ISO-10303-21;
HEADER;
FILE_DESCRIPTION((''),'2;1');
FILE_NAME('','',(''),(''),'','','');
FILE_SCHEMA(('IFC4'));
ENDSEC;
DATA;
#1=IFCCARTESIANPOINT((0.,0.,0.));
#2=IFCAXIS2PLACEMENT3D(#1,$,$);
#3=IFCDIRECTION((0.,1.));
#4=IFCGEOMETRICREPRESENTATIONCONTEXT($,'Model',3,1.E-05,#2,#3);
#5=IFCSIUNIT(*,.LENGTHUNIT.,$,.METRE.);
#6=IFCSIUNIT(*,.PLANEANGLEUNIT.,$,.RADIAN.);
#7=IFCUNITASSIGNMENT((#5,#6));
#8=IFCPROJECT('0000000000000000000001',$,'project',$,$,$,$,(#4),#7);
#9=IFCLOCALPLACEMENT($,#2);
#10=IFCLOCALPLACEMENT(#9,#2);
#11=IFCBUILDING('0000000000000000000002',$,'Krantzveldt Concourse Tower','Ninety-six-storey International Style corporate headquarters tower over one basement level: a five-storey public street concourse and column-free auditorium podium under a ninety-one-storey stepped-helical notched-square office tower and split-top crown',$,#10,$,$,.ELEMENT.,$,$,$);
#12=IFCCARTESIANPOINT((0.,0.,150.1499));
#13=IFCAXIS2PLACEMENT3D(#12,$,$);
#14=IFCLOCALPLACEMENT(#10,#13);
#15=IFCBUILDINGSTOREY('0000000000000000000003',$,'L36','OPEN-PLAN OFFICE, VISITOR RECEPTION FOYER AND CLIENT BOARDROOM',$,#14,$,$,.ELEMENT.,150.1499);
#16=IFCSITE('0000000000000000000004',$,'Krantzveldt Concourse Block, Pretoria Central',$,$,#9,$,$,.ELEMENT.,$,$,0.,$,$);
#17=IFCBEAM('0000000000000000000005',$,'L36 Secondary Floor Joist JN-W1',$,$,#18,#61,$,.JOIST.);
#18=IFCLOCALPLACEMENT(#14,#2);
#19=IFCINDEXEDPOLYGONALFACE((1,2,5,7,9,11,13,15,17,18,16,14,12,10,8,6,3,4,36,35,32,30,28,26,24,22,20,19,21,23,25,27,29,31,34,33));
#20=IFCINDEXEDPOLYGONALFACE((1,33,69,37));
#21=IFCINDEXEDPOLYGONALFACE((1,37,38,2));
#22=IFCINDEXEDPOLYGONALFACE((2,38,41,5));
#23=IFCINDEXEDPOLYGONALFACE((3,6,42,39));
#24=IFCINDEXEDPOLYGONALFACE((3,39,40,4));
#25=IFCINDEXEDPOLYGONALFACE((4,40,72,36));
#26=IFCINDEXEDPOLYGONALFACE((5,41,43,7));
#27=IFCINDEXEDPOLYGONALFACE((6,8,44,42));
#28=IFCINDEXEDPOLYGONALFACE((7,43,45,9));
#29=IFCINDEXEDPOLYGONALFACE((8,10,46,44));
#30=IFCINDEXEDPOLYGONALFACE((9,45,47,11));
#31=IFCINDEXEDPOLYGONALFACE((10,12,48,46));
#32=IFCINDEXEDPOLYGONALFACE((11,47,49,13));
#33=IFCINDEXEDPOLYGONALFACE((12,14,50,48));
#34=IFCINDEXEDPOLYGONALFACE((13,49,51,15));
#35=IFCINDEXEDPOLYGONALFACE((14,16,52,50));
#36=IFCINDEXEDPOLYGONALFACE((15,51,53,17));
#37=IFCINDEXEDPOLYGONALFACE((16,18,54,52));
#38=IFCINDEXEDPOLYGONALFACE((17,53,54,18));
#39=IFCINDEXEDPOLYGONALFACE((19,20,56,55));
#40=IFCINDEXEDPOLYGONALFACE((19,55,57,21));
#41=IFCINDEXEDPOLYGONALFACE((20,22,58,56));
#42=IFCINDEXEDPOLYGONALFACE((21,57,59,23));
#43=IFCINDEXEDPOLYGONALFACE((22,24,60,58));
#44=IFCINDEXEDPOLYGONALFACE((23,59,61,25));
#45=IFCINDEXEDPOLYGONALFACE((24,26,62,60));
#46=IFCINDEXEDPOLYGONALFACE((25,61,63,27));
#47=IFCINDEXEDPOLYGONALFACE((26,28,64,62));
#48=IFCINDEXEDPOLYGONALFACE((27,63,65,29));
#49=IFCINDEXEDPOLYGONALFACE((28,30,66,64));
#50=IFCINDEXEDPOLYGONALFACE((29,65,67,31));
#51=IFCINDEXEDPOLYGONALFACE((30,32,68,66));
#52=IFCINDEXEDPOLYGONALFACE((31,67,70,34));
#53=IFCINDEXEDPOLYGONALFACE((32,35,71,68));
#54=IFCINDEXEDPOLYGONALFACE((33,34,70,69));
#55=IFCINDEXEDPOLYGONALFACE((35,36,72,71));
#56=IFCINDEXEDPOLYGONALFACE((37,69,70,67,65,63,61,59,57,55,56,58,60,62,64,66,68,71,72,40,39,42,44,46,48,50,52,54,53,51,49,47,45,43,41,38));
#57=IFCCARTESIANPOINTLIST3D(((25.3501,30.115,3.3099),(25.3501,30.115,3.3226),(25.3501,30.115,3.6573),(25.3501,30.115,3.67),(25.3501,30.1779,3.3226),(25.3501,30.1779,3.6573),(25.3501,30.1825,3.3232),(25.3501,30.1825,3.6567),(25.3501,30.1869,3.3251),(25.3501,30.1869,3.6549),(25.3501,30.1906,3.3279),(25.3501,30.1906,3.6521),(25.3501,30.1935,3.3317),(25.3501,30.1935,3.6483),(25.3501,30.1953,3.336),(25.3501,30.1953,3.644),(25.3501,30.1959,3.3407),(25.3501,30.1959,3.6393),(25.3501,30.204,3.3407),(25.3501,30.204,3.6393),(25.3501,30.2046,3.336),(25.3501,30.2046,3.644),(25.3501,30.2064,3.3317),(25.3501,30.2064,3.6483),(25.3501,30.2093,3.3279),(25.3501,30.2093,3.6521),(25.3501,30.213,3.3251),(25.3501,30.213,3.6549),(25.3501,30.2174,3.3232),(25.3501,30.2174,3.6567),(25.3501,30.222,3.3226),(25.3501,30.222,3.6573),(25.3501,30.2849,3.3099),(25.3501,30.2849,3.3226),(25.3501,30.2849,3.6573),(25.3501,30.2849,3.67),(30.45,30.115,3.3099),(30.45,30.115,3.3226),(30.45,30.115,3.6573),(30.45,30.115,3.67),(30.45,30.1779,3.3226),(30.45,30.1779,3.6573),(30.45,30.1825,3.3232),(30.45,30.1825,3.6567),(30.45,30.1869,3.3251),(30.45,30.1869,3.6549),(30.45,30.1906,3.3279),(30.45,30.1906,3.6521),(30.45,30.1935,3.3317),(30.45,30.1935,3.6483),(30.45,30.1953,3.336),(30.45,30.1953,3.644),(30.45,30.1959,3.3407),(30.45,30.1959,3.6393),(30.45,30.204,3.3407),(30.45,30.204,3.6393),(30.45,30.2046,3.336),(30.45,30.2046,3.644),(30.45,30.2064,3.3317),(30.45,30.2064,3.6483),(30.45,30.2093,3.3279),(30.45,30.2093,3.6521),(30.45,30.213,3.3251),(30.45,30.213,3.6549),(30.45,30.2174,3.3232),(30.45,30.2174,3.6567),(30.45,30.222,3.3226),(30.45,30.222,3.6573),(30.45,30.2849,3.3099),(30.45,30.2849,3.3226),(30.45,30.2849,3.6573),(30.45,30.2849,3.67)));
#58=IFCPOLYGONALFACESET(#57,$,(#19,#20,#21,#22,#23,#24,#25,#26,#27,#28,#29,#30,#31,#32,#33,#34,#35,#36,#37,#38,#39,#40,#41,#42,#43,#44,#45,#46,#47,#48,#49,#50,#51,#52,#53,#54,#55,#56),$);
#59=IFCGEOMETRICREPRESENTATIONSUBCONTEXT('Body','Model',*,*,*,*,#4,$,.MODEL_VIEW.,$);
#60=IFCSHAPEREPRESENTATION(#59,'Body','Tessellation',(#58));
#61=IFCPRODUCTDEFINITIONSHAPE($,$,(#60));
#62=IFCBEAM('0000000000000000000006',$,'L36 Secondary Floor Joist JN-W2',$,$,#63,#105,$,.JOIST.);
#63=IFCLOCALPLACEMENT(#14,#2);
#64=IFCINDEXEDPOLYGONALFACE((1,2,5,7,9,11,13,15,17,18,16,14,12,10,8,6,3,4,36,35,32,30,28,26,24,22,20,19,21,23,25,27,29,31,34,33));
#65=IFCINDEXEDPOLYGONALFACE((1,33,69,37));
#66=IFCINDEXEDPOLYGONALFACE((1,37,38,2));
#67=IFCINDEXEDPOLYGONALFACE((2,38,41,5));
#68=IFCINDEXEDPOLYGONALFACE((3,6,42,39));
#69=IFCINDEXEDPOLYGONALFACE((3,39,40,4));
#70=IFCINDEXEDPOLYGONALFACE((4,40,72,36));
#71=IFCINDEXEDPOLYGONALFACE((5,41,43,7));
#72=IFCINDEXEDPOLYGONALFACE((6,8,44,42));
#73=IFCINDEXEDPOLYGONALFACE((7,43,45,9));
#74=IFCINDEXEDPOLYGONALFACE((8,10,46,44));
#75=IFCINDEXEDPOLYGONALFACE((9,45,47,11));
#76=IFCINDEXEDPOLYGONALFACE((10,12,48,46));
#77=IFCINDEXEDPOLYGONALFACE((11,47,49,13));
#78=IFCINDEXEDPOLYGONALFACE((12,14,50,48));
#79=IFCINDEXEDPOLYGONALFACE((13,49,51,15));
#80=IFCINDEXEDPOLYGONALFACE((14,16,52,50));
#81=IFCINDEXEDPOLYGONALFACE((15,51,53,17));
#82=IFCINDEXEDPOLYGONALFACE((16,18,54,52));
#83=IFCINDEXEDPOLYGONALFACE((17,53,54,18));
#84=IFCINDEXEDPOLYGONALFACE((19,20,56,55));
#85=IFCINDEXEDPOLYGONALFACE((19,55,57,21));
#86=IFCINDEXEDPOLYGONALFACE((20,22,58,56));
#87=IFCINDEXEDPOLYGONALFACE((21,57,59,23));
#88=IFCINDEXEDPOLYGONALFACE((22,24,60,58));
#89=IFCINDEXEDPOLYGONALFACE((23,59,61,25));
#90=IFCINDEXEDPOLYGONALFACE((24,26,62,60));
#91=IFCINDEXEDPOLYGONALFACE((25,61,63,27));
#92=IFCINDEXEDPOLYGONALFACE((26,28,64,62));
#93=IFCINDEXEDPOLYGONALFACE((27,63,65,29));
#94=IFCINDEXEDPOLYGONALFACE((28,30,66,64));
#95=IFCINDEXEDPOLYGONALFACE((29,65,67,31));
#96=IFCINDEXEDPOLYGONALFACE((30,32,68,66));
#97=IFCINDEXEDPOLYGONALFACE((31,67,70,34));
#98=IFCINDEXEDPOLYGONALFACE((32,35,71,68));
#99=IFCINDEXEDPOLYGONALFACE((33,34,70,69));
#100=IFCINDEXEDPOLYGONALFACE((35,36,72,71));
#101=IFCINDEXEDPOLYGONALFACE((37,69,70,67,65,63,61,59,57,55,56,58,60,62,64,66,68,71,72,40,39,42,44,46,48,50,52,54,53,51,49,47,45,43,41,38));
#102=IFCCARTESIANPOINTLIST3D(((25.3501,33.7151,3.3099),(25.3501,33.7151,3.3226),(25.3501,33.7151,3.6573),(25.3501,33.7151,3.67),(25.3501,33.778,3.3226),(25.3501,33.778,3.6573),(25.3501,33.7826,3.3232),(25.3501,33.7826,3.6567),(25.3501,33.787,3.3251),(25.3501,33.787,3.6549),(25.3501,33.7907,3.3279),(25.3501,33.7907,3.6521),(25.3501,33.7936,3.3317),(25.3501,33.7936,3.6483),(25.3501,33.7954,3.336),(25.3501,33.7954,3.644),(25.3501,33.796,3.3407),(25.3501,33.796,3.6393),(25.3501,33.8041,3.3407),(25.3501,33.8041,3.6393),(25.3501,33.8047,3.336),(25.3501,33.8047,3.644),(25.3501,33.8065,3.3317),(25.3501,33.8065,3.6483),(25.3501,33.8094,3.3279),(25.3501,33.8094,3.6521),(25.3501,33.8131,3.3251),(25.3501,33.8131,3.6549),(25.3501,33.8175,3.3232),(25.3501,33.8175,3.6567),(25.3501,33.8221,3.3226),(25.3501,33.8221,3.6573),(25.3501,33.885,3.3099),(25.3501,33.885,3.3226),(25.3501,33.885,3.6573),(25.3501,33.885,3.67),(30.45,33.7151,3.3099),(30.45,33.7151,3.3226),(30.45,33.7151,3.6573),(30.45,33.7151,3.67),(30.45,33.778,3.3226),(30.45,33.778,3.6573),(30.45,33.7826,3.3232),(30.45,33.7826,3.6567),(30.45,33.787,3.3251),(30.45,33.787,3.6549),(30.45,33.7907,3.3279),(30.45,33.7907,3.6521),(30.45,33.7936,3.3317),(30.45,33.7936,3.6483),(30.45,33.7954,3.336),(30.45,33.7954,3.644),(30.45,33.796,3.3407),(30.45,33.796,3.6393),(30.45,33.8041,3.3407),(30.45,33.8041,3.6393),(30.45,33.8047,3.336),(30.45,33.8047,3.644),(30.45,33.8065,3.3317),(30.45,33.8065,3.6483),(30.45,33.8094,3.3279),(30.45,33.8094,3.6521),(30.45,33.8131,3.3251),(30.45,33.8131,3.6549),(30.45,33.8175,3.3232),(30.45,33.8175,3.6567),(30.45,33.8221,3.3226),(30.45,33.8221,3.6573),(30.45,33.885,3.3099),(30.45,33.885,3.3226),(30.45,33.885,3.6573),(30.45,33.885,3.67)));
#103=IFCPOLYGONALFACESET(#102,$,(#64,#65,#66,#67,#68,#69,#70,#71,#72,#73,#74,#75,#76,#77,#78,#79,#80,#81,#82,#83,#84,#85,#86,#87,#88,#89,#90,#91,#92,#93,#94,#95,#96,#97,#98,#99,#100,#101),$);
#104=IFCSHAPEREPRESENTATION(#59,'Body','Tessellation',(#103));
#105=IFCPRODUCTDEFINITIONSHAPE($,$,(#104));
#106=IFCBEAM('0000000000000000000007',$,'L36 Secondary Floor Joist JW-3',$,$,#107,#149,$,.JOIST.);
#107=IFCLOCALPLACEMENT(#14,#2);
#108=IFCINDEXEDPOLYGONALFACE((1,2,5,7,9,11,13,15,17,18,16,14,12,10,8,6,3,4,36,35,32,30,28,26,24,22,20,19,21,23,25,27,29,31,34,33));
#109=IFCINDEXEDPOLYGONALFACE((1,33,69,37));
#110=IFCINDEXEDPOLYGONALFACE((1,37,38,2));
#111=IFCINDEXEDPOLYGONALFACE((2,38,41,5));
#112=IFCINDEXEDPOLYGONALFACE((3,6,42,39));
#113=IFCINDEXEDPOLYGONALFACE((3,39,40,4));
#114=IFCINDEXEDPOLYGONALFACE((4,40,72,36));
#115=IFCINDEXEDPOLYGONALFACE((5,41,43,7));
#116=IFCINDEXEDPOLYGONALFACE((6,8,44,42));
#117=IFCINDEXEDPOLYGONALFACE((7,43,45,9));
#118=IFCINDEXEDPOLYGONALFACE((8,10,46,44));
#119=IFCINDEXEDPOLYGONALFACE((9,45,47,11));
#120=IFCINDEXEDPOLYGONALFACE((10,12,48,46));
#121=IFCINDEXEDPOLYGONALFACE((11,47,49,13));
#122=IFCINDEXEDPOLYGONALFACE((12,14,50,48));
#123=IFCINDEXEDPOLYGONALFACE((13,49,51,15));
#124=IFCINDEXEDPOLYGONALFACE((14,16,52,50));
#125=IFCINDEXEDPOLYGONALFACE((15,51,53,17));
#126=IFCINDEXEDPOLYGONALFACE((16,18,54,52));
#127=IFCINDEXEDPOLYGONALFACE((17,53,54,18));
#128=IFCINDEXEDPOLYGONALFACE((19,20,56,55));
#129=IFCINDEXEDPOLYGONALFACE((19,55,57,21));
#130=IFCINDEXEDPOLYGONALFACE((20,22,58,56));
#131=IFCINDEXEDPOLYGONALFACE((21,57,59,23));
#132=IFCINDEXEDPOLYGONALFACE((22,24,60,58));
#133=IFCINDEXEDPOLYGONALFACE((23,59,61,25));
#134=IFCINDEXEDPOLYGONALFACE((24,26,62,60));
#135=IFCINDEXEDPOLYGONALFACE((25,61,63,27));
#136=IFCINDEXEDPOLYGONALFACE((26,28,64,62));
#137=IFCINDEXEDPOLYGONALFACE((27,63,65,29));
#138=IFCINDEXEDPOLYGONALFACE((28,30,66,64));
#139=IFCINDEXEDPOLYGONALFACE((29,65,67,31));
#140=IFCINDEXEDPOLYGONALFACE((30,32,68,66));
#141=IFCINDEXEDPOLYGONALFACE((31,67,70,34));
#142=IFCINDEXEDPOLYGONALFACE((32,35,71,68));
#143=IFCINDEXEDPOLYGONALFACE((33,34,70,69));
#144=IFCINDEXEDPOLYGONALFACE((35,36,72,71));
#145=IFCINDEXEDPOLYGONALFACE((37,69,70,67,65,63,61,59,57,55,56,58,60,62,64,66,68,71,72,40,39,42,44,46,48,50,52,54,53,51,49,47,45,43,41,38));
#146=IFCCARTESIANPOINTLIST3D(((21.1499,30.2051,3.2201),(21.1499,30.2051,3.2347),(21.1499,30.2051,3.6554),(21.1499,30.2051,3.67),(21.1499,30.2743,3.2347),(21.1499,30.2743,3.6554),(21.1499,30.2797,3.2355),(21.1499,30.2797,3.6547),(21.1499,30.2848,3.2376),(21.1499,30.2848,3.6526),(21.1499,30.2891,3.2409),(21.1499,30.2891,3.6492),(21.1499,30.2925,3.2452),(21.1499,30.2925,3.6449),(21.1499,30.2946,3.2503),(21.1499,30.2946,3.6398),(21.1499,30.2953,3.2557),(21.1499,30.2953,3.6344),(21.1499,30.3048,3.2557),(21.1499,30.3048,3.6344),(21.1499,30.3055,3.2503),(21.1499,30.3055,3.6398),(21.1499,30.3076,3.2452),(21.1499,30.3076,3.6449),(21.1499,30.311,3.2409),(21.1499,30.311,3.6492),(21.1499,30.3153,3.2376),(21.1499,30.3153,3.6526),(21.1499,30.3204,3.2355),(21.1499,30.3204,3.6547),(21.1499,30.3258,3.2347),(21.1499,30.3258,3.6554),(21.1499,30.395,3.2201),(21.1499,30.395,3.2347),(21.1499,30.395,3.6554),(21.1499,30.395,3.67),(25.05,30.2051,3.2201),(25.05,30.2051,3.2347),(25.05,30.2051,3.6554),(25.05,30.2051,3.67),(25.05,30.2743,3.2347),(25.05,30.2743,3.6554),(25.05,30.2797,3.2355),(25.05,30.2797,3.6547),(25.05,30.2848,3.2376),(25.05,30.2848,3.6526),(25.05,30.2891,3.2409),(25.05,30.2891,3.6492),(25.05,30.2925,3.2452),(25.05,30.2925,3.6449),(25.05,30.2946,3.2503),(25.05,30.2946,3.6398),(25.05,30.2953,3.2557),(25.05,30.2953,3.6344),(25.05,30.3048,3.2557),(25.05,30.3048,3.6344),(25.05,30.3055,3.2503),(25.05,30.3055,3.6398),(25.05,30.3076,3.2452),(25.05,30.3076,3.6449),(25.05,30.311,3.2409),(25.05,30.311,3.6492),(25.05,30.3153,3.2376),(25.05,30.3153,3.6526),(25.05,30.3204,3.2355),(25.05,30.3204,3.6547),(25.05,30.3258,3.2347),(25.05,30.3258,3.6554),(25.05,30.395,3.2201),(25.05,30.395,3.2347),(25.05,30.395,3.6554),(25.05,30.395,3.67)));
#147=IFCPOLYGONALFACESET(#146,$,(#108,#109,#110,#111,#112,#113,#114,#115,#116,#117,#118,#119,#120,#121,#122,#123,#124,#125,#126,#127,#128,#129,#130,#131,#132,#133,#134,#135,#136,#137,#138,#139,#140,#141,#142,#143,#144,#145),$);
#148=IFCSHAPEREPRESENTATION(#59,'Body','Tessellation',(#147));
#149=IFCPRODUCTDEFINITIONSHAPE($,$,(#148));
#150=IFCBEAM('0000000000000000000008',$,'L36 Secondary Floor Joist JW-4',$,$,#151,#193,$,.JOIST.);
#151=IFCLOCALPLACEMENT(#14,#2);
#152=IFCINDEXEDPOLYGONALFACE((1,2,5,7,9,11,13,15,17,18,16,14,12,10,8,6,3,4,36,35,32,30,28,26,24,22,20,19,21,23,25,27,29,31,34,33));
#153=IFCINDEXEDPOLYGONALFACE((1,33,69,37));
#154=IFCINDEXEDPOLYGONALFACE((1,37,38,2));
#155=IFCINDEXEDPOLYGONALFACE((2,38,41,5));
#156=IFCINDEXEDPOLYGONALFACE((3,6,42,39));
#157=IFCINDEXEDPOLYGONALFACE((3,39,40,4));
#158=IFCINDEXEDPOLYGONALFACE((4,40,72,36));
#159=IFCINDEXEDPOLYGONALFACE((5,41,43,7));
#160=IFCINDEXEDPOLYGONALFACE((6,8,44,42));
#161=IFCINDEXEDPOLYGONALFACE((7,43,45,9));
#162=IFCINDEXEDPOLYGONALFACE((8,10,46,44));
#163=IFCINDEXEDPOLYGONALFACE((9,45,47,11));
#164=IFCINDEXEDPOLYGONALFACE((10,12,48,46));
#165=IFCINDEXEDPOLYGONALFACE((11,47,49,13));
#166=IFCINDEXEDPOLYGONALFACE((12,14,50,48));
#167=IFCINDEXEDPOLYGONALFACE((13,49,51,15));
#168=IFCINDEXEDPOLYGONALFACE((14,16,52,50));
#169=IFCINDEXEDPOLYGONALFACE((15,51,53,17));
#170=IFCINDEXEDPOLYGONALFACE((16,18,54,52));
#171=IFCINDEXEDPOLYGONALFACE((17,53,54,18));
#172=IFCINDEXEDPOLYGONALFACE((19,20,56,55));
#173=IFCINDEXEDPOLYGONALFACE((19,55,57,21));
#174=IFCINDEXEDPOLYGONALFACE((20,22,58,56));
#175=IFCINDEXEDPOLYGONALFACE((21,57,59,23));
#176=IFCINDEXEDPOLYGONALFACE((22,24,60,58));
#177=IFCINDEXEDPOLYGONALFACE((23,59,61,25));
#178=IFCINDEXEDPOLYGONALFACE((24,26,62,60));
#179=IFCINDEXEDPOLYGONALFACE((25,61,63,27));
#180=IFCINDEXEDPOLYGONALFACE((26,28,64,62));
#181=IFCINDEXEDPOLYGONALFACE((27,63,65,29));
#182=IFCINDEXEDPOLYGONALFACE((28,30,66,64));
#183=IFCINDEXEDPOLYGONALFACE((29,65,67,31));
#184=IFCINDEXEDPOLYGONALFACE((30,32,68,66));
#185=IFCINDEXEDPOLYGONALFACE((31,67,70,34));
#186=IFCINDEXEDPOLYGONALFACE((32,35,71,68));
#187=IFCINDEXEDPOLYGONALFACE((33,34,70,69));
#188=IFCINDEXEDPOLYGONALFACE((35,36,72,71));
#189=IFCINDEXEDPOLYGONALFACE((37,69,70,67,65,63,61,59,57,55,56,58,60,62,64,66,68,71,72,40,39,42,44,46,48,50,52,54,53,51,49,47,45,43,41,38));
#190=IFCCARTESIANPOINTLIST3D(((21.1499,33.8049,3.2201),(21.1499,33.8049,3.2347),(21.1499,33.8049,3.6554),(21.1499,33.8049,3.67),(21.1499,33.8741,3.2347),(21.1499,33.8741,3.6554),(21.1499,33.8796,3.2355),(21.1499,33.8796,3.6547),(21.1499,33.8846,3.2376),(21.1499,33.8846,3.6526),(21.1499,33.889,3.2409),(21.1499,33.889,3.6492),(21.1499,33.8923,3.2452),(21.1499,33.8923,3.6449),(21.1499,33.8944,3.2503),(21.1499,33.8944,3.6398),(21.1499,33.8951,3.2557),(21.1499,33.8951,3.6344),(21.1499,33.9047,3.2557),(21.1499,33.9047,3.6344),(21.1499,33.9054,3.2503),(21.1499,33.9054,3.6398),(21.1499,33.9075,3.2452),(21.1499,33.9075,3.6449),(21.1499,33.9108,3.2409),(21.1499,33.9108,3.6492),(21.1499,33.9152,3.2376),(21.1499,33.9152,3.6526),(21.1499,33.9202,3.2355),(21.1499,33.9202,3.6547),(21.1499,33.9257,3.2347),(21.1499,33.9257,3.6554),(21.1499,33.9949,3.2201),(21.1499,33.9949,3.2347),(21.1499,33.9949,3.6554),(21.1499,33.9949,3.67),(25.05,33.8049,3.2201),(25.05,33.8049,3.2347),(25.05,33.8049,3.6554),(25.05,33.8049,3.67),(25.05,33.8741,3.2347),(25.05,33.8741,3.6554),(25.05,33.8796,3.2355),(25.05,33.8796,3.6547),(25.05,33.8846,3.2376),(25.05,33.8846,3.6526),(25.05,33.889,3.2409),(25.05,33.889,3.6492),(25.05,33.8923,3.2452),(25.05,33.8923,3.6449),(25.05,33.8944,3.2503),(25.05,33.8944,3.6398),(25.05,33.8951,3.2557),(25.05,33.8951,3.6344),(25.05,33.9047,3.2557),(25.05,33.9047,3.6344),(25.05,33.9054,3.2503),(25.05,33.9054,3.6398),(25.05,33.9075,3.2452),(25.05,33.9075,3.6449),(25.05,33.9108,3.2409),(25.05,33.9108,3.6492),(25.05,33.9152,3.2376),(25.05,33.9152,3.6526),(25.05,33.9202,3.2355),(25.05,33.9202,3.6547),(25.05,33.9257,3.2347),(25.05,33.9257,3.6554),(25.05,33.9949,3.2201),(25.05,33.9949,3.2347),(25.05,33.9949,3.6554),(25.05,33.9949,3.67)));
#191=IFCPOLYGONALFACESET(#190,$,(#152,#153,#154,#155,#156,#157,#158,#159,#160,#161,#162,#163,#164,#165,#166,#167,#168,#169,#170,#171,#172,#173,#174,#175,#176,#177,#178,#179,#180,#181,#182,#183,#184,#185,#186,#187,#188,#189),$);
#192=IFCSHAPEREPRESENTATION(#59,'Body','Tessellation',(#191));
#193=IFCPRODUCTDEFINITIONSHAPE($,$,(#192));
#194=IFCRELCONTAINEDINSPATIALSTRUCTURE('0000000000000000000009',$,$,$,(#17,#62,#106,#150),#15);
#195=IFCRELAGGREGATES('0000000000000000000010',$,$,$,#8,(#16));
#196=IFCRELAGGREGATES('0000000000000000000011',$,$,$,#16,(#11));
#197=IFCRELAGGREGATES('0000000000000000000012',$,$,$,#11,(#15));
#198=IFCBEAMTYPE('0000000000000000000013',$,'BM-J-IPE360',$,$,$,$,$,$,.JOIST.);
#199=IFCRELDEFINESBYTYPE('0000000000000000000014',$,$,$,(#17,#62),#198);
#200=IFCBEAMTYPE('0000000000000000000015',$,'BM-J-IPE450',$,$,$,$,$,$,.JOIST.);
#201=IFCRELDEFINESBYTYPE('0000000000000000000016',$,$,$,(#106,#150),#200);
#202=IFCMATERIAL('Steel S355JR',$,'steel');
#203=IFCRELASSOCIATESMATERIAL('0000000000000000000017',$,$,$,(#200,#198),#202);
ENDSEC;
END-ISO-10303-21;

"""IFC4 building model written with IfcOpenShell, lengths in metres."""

from ifc_helpers import new_model, si_unit, direction, frame, origin, origin_2d, place, context, subcontext, project, spatial, i_section, extrude, source, transform, mapped, material, material_profile, profile_set, type_object, type_shapes, element, save


model = new_model("IFC4")

# Units and contexts
model_context = context("Model", 3, precision=1e-05, world=origin(), true_north=direction((0.0, 1.0)))
body_context = subcontext(model_context, "Body", "Model", "MODEL_VIEW")
ifc_project = project(units=[si_unit("LENGTHUNIT", "METRE"), si_unit("PLANEANGLEUNIT", "RADIAN")], contexts=[model_context])

# Site, building, storey
site_placement = place(None, origin())
site = spatial("IfcSite", under=ifc_project, at=site_placement, Name="Krantzveldt Concourse Block, Pretoria Central", CompositionType="ELEMENT", RefElevation=0.0)
building_placement = place(site_placement, origin())
building = spatial("IfcBuilding", under=site, at=building_placement, Name="Krantzveldt Concourse Tower", Description="Ninety-six-storey International Style corporate headquarters tower over one basement level: a five-storey public street concourse and column-free auditorium podium under a ninety-one-storey stepped-helical notched-square office tower and split-top crown", CompositionType="ELEMENT")
storey_placement = place(building_placement, frame((0.0, 0.0, 150.1499)))
storey = spatial("IfcBuildingStorey", under=building, at=storey_placement, Name="L36", Description="OPEN-PLAN OFFICE, VISITOR RECEPTION FOYER AND CLIENT BOARDROOM", CompositionType="ELEMENT", Elevation=150.1499)

# Beams
ifc_material_1 = material(Name="Steel S355JR", Category="steel")
ifc_material_profile_1 = material_profile(ifc_material_1, i_section(OverallWidth=0.1899, OverallDepth=0.45, WebThickness=0.0095, FlangeThickness=0.0146, FilletRadius=0.021, at=origin_2d()), Name="Steel S355JR", Category="steel")
ifc_profile_set_1 = profile_set([ifc_material_profile_1], Name="Steel S355JR - IPE 450")
beam_type_1 = type_object("IfcBeamType", Name="BM-J-IPE450", PredefinedType="JOIST", material=ifc_profile_set_1)
ifc_material_profile_2 = material_profile(ifc_material_1, i_section(OverallWidth=0.1699, OverallDepth=0.3601, WebThickness=0.0081, FlangeThickness=0.0127, FilletRadius=0.0181, at=origin_2d()), Name="Steel S355JR", Category="steel")
ifc_profile_set_2 = profile_set([ifc_material_profile_2], Name="Steel S355JR - IPE 360")
beam_type_2 = type_object("IfcBeamType", Name="BM-J-IPE360", PredefinedType="JOIST", material=ifc_profile_set_2)
shared_shape_1 = source(origin(), body_context, "Body", "SweptSolid", [
    extrude(i_section(OverallWidth=0.1699, OverallDepth=0.3601, WebThickness=0.0081, FlangeThickness=0.0127, FilletRadius=0.0181, at=origin_2d()), origin(), (0.0, 0.0, 1.0), 5.0999),
])
type_shapes(beam_type_2, [shared_shape_1])
for number, where, z_axis, x_axis, name in (
    (1, (25.3501, 30.2, 3.49), (1.0, 0.0, 0.0), (0.0, 1.0, 0.0), "L36 Secondary Floor Joist JN-W1"),
    (2, (25.3501, 33.8, 3.49), (1.0, 0.0, 0.0), (0.0, 1.0, 0.0), "L36 Secondary Floor Joist JN-W2"),
):
    element("IfcBeam", number, at=place(storey_placement, frame(where, z_axis=z_axis, x_axis=x_axis)), inside=storey, type_object=beam_type_2, Name=name, PredefinedType="JOIST", context=body_context, shape_type="MappedRepresentation", body=[
        mapped(shared_shape_1, transform((0.0, 0.0, 0.0), x_axis=(1.0, 0.0, 0.0), y_axis=(0.0, 1.0, 0.0), z_axis=(0.0, 0.0, 1.0), scale=1.0)),
    ])
shared_shape_2 = source(origin(), body_context, "Body", "SweptSolid", [
    extrude(i_section(OverallWidth=0.1899, OverallDepth=0.45, WebThickness=0.0095, FlangeThickness=0.0146, FilletRadius=0.021, at=origin_2d()), origin(), (0.0, 0.0, 1.0), 3.9001),
])
for number, where, z_axis, x_axis, name in (
    (3, (21.1499, 30.3, 3.4451), (1.0, 0.0, 0.0), (0.0, 1.0, 0.0), "L36 Secondary Floor Joist JW-3"),
    (4, (21.1499, 33.8999, 3.4451), (1.0, 0.0, 0.0), (0.0, 1.0, 0.0), "L36 Secondary Floor Joist JW-4"),
):
    element("IfcBeam", number, at=place(storey_placement, frame(where, z_axis=z_axis, x_axis=x_axis)), inside=storey, type_object=beam_type_1, Name=name, PredefinedType="JOIST", context=body_context, shape_type="MappedRepresentation", body=[
        mapped(shared_shape_2, transform((0.0, 0.0, 0.0), x_axis=(1.0, 0.0, 0.0), y_axis=(0.0, 1.0, 0.0), z_axis=(0.0, 0.0, 1.0), scale=1.0)),
    ])

save(model, "model.ifc")
